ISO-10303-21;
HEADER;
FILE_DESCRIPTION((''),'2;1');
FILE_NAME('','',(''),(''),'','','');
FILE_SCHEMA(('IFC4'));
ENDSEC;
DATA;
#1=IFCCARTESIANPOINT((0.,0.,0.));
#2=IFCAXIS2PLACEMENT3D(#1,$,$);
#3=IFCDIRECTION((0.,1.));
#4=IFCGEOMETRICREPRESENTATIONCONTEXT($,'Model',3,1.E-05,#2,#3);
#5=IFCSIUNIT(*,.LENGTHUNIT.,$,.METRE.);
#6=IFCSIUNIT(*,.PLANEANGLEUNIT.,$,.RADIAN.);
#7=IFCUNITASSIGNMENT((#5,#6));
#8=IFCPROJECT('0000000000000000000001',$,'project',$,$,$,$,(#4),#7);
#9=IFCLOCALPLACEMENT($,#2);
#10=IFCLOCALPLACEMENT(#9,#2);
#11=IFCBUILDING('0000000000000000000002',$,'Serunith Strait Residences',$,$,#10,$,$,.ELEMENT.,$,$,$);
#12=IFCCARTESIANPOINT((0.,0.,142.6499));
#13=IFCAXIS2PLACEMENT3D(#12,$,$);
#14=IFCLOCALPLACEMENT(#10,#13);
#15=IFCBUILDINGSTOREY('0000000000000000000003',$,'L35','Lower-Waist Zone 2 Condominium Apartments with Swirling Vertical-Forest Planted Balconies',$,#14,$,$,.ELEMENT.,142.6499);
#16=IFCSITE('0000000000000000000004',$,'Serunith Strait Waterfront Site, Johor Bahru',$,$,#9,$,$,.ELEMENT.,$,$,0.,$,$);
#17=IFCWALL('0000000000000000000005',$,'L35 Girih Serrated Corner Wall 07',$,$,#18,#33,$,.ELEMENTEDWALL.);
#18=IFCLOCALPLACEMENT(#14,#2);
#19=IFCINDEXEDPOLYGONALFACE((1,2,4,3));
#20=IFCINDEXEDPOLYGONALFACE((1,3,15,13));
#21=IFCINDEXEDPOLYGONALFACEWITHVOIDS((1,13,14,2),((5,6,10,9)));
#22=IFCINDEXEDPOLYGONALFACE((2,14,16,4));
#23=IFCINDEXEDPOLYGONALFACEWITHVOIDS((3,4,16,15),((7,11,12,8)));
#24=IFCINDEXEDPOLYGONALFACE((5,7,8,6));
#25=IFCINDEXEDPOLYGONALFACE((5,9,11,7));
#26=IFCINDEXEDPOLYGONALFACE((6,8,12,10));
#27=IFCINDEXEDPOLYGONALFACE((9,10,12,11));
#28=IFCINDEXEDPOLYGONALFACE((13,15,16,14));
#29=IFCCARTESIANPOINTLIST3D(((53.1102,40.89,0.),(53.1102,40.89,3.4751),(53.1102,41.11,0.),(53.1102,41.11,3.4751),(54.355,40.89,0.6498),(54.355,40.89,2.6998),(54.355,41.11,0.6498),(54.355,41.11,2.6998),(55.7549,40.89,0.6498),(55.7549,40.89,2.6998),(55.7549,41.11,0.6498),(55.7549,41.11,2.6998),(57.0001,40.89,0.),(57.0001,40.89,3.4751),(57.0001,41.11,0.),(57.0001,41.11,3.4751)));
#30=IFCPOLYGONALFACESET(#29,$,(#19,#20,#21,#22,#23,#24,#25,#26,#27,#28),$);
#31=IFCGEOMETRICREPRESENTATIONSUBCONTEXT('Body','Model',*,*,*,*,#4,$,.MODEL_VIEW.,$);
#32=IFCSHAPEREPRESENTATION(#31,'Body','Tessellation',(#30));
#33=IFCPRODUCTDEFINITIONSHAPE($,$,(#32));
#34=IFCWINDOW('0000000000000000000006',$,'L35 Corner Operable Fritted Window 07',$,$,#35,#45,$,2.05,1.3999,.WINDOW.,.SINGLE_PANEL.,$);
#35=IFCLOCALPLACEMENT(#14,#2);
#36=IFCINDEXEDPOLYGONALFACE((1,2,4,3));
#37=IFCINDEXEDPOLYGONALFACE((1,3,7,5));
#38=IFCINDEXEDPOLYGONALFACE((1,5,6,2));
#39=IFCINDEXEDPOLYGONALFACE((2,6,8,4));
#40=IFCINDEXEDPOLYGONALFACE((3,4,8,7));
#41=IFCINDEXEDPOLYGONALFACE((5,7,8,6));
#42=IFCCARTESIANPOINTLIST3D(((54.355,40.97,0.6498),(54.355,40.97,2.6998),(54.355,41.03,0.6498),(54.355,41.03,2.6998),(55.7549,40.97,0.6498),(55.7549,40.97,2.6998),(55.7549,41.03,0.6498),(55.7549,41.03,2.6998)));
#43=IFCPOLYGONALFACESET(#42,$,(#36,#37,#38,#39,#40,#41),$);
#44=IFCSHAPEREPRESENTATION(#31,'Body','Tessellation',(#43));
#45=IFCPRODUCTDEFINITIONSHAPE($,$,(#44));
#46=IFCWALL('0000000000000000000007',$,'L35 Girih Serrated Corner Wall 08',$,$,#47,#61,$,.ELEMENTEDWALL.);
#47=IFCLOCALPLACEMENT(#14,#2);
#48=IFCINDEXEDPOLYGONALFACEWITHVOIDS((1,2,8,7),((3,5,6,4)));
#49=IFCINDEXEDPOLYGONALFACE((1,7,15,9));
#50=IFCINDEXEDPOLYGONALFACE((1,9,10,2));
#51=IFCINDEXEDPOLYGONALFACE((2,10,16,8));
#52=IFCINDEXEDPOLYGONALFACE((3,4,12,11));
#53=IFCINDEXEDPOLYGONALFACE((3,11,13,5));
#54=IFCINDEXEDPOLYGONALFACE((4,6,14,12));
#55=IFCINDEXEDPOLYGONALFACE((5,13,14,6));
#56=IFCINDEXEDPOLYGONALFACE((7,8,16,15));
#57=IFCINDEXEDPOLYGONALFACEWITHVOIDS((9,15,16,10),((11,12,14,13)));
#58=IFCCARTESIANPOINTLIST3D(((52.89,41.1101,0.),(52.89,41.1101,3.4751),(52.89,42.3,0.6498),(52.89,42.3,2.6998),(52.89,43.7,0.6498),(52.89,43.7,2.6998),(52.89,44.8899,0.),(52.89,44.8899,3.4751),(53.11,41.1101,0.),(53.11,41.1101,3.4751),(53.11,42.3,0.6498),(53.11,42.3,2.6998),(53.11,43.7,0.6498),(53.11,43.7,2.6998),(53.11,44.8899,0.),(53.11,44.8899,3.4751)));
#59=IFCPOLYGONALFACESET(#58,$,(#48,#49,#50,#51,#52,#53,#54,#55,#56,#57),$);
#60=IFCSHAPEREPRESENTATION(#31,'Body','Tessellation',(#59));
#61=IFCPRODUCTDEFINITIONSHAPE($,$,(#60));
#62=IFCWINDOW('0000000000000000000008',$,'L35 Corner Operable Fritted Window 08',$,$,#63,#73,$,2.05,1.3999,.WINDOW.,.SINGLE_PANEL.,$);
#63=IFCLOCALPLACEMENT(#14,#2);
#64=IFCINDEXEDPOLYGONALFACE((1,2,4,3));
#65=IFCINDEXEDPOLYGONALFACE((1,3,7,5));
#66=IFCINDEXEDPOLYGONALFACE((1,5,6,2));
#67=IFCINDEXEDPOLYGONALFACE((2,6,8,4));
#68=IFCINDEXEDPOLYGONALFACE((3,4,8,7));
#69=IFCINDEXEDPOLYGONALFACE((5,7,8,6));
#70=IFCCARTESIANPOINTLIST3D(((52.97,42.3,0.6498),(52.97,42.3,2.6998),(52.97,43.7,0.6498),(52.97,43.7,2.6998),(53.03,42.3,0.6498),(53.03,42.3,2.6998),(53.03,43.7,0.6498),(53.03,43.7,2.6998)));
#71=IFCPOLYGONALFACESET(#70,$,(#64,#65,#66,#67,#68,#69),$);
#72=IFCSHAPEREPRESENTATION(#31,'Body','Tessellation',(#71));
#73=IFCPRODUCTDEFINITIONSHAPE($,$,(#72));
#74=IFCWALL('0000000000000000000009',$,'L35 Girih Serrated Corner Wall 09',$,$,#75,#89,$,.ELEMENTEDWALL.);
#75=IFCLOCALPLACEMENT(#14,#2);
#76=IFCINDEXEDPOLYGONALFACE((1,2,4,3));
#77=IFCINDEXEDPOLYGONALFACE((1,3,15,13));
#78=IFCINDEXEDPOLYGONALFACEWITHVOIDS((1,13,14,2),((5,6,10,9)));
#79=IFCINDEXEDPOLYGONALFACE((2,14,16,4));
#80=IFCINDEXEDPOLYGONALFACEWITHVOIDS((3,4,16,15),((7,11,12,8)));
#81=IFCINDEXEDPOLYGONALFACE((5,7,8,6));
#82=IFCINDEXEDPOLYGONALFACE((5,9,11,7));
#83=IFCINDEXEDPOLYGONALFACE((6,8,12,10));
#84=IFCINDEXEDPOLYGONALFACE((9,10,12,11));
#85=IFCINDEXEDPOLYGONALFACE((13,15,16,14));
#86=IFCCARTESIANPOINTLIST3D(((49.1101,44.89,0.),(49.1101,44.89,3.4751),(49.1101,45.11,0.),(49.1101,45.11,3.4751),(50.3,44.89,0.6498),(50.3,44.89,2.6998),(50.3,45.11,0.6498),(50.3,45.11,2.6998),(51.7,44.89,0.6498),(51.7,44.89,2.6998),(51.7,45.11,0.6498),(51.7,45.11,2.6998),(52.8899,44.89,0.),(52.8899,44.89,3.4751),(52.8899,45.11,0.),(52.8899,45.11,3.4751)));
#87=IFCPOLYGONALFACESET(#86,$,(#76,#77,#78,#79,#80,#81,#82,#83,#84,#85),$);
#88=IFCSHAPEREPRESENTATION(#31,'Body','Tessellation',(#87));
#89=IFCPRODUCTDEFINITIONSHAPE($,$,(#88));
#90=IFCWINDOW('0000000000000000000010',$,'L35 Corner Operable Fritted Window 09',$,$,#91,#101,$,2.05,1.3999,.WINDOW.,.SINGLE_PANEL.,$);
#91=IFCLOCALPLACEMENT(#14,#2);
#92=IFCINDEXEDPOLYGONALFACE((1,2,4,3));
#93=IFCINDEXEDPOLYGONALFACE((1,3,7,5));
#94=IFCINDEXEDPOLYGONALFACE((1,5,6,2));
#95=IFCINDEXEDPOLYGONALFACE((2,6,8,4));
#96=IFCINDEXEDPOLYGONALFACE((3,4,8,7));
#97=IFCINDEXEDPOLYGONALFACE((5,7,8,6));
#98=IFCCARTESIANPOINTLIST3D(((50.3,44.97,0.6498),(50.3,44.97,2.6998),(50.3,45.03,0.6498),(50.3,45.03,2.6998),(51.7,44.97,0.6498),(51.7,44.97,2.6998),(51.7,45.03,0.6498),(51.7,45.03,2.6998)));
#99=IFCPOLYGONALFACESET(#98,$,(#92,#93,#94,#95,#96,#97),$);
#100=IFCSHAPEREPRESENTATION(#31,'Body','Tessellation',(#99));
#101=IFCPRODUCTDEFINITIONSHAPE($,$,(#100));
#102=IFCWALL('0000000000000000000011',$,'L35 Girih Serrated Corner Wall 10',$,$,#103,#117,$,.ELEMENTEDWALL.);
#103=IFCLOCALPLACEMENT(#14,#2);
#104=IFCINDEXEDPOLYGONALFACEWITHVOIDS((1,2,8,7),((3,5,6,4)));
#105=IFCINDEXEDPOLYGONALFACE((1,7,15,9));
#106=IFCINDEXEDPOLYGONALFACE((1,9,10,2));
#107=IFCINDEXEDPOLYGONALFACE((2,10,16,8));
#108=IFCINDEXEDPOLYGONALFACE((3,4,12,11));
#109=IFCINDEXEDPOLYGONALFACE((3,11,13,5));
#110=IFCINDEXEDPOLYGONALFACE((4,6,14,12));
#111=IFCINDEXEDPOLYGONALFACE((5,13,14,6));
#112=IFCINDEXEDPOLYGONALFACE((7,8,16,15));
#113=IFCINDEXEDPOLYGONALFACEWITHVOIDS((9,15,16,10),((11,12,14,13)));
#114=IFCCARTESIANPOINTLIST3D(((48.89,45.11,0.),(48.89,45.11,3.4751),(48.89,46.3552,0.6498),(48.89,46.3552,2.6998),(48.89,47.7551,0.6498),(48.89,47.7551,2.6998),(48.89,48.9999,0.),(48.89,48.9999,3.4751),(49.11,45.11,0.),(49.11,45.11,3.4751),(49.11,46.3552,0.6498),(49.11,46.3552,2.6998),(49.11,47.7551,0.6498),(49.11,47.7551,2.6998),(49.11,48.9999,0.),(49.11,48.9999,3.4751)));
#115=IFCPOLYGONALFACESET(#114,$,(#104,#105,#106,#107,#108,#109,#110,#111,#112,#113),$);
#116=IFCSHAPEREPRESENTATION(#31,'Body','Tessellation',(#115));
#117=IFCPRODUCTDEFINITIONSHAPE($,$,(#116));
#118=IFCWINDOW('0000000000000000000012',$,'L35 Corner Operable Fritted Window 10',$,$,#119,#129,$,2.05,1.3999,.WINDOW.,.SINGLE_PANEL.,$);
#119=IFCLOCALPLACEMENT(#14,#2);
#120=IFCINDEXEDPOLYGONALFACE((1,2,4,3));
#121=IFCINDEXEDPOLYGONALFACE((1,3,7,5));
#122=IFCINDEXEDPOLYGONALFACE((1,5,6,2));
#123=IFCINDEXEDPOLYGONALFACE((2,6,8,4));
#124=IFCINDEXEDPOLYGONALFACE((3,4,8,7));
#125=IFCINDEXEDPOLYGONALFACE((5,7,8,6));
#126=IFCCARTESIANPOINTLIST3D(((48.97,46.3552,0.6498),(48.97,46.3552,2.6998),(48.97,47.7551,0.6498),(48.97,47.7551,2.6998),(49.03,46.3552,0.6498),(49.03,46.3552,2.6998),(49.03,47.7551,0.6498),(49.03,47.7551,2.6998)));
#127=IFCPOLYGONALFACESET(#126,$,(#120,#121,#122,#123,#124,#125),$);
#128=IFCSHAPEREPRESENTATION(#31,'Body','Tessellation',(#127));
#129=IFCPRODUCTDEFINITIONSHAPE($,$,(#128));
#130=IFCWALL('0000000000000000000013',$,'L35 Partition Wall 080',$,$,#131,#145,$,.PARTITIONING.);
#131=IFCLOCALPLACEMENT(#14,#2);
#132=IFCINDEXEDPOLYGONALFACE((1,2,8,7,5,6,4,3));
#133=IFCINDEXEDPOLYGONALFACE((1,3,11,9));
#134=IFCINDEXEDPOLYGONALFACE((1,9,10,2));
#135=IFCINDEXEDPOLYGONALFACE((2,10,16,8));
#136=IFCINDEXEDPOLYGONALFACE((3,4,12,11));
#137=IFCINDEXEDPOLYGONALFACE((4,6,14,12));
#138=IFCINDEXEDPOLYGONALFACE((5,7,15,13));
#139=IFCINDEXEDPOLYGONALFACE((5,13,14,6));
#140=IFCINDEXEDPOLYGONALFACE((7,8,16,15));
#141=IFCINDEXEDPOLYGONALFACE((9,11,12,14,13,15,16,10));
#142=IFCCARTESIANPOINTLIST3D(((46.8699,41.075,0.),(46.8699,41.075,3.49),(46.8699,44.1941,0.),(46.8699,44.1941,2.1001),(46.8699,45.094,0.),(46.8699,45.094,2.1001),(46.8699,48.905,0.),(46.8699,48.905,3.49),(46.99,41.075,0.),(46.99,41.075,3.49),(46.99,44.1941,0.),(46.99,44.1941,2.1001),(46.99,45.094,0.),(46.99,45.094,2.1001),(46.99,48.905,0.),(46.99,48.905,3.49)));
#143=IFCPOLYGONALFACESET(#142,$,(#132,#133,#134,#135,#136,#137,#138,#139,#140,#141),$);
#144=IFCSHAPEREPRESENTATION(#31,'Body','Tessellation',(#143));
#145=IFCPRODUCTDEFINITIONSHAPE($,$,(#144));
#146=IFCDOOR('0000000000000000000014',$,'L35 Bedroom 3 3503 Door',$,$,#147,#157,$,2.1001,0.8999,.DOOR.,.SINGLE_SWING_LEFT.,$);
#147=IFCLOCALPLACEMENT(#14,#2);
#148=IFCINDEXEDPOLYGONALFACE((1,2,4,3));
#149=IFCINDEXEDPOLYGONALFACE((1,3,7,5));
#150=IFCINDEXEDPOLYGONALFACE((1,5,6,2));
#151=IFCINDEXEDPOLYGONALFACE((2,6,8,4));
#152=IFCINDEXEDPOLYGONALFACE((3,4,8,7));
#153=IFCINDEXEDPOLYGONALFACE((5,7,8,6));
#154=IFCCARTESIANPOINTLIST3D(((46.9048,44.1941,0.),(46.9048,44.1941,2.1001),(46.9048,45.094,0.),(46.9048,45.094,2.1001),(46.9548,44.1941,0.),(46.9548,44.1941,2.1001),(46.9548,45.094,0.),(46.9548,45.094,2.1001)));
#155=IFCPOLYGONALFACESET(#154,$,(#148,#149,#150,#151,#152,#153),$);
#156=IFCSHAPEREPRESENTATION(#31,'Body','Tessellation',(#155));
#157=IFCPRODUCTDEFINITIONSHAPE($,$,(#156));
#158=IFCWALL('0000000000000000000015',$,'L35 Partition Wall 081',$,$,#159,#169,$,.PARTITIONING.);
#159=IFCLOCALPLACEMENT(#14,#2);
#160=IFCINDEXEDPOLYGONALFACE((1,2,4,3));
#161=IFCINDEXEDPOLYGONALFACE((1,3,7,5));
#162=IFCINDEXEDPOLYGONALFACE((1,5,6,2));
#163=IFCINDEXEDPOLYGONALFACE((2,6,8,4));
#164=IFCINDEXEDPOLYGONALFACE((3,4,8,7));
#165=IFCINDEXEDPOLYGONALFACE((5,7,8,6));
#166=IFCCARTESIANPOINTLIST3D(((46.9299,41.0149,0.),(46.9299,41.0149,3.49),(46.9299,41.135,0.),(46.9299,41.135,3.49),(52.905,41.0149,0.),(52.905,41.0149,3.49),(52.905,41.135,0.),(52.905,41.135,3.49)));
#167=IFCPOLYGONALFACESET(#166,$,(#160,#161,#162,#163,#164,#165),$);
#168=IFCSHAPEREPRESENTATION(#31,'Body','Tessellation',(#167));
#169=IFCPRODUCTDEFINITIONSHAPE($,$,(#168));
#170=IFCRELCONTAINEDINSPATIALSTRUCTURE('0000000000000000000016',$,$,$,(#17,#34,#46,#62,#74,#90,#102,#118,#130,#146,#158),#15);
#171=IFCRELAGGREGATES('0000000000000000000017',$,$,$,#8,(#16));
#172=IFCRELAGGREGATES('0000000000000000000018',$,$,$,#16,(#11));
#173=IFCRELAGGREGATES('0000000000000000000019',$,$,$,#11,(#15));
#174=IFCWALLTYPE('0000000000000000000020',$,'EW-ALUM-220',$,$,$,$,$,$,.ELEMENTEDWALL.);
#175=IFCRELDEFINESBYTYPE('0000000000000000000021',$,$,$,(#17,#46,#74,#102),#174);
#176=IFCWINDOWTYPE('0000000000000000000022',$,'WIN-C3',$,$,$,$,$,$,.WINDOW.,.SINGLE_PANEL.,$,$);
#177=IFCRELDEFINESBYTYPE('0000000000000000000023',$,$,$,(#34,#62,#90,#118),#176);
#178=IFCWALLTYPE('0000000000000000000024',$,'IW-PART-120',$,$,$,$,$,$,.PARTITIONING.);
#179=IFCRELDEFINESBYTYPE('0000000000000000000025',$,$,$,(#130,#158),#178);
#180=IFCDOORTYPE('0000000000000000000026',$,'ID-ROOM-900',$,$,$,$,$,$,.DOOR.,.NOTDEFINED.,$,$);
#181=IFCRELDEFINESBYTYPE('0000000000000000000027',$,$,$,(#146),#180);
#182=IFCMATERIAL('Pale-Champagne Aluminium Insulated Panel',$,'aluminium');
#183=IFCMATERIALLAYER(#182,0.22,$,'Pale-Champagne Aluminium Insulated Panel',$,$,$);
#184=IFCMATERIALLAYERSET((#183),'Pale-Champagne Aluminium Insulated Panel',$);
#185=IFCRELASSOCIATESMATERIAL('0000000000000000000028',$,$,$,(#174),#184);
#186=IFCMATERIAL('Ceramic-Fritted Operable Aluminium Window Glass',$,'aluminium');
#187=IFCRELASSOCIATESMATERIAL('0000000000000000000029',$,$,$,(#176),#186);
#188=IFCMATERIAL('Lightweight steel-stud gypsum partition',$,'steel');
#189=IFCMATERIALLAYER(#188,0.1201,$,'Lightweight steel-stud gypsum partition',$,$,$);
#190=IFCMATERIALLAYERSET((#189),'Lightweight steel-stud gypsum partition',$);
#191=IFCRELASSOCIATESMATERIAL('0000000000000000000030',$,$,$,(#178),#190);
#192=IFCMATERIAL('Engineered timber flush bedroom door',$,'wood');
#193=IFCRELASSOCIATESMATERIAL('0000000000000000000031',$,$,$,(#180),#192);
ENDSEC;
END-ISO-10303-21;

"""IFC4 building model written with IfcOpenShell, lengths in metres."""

from ifc_helpers import new_model, si_unit, direction, frame, frame_2d, origin, place, context, subcontext, project, spatial, rectangle, extrude, source, transform, mapped, material, layer, layer_set, type_object, element, fill, save


model = new_model("IFC4")

# Units and contexts
model_context = context("Model", 3, precision=1e-05, world=origin(), true_north=direction((0.0, 1.0)))
body_context = subcontext(model_context, "Body", "Model", "MODEL_VIEW")
ifc_project = project(units=[si_unit("LENGTHUNIT", "METRE"), si_unit("PLANEANGLEUNIT", "RADIAN")], contexts=[model_context])

# Site, building, storey
site_placement = place(None, origin())
site = spatial("IfcSite", under=ifc_project, at=site_placement, Name="Serunith Strait Waterfront Site, Johor Bahru", CompositionType="ELEMENT", RefElevation=0.0)
building_placement = place(site_placement, origin())
building = spatial("IfcBuilding", under=site, at=building_placement, Name="Serunith Strait Residences", CompositionType="ELEMENT")
storey_placement = place(building_placement, frame((0.0, 0.0, 142.6499)))
storey = spatial("IfcBuildingStorey", under=building, at=storey_placement, Name="L35", Description="Lower-Waist Zone 2 Condominium Apartments with Swirling Vertical-Forest Planted Balconies", CompositionType="ELEMENT", Elevation=142.6499)

# Walls, openings, windows
ifc_material_1 = material(Name="Pale-Champagne Aluminium Insulated Panel", Category="aluminium")
ifc_layer_1 = layer(ifc_material_1, 0.22, Name="Pale-Champagne Aluminium Insulated Panel")
ifc_layer_set_1 = layer_set([ifc_layer_1], Name="Pale-Champagne Aluminium Insulated Panel")
wall_type_1 = type_object("IfcWallType", Name="EW-ALUM-220", PredefinedType="ELEMENTEDWALL", material=ifc_layer_set_1)
wall_1_placement = place(storey_placement, frame((57.0, 41.0, 0.0), z_axis=(0.0, 0.0, 1.0), x_axis=(-1.0, 0.0, 0.0)))
wall_1 = element("IfcWall", 1, at=wall_1_placement, inside=storey, type_object=wall_type_1, Name="L35 Girih Serrated Corner Wall 07", PredefinedType="ELEMENTEDWALL", context=body_context, shape_type="SweptSolid", body=[
    extrude(rectangle(XDim=3.8899, YDim=0.22, at=frame_2d((1.9448, 0.0))), origin(), (0.0, 0.0, 1.0), 3.4751),
])
opening_1_placement = place(wall_1_placement, frame((1.2451, 0.0, 0.6499)))
opening_1 = element("IfcOpeningElement", 2, at=opening_1_placement, cuts=wall_1, PredefinedType="OPENING", context=body_context, shape_type="SweptSolid", body=[
    extrude(rectangle(XDim=1.3999, YDim=2.05, at=frame_2d((0.7, 1.0249))), frame((0.0, 0.1201, 0.0), z_axis=(0.0, -1.0, 0.0), x_axis=(1.0, 0.0, 0.0)), (0.0, 0.0, 1.0), 0.24),
])
ifc_material_2 = material(Name="Ceramic-Fritted Operable Aluminium Window Glass", Category="aluminium")
window_type = type_object("IfcWindowType", Name="WIN-C3", PartitioningType="SINGLE_PANEL", PredefinedType="WINDOW", material=ifc_material_2)
shared_shape_1 = source(origin(), body_context, "Body", "SweptSolid", [
    extrude(rectangle(XDim=1.3999, YDim=2.05, at=frame_2d((0.7, 1.0249))), frame((0.0, 0.03, 0.0), z_axis=(0.0, -1.0, 0.0), x_axis=(1.0, 0.0, 0.0)), (0.0, 0.0, 1.0), 0.0601),
])
window_1_placement = place(opening_1_placement, origin())
window_1 = element("IfcWindow", 3, at=window_1_placement, inside=storey, type_object=window_type, Name="L35 Corner Operable Fritted Window 07", OverallHeight=2.05, OverallWidth=1.3999, PartitioningType="SINGLE_PANEL", PredefinedType="WINDOW", context=body_context, shape_type="MappedRepresentation", body=[
    mapped(shared_shape_1, transform((0.0, 0.0, 0.0), scale=1.0)),
])
fill(opening_1, window_1)
wall_2_placement = place(storey_placement, frame((53.0, 41.1101, 0.0), z_axis=(0.0, 0.0, 1.0), x_axis=(0.0, 1.0, 0.0)))
wall_2 = element("IfcWall", 4, at=wall_2_placement, inside=storey, type_object=wall_type_1, Name="L35 Girih Serrated Corner Wall 08", PredefinedType="ELEMENTEDWALL", context=body_context, shape_type="SweptSolid", body=[
    extrude(rectangle(XDim=3.7798, YDim=0.22, at=frame_2d((1.8899, 0.0))), origin(), (0.0, 0.0, 1.0), 3.4751),
])
opening_2_placement = place(wall_2_placement, frame((1.1899, 0.0, 0.6499)))
opening_2 = element("IfcOpeningElement", 5, at=opening_2_placement, cuts=wall_2, PredefinedType="OPENING", context=body_context, shape_type="SweptSolid", body=[
    extrude(rectangle(XDim=1.3999, YDim=2.05, at=frame_2d((0.7, 1.0249))), frame((0.0, 0.1201, 0.0), z_axis=(0.0, -1.0, 0.0), x_axis=(1.0, 0.0, 0.0)), (0.0, 0.0, 1.0), 0.24),
])
window_2_placement = place(opening_2_placement, origin())
window_2 = element("IfcWindow", 6, at=window_2_placement, inside=storey, type_object=window_type, Name="L35 Corner Operable Fritted Window 08", OverallHeight=2.05, OverallWidth=1.3999, PartitioningType="SINGLE_PANEL", PredefinedType="WINDOW", context=body_context, shape_type="MappedRepresentation", body=[
    mapped(shared_shape_1, transform((0.0, 0.0, 0.0), scale=1.0)),
])
fill(opening_2, window_2)
wall_3_placement = place(storey_placement, frame((52.8899, 45.0, 0.0), z_axis=(0.0, 0.0, 1.0), x_axis=(-1.0, 0.0, 0.0)))
wall_3 = element("IfcWall", 7, at=wall_3_placement, inside=storey, type_object=wall_type_1, Name="L35 Girih Serrated Corner Wall 09", PredefinedType="ELEMENTEDWALL", context=body_context, shape_type="SweptSolid", body=[
    extrude(rectangle(XDim=3.7798, YDim=0.22, at=frame_2d((1.8899, 0.0))), origin(), (0.0, 0.0, 1.0), 3.4751),
])
opening_3_placement = place(wall_3_placement, frame((1.1899, 0.0, 0.6499)))
opening_3 = element("IfcOpeningElement", 8, at=opening_3_placement, cuts=wall_3, PredefinedType="OPENING", context=body_context, shape_type="SweptSolid", body=[
    extrude(rectangle(XDim=1.3999, YDim=2.05, at=frame_2d((0.7, 1.0249))), frame((0.0, 0.1201, 0.0), z_axis=(0.0, -1.0, 0.0), x_axis=(1.0, 0.0, 0.0)), (0.0, 0.0, 1.0), 0.24),
])
window_3_placement = place(opening_3_placement, origin())
window_3 = element("IfcWindow", 9, at=window_3_placement, inside=storey, type_object=window_type, Name="L35 Corner Operable Fritted Window 09", OverallHeight=2.05, OverallWidth=1.3999, PartitioningType="SINGLE_PANEL", PredefinedType="WINDOW", context=body_context, shape_type="MappedRepresentation", body=[
    mapped(shared_shape_1, transform((0.0, 0.0, 0.0), scale=1.0)),
])
fill(opening_3, window_3)
wall_4_placement = place(storey_placement, frame((49.0, 45.1101, 0.0), z_axis=(0.0, 0.0, 1.0), x_axis=(0.0, 1.0, 0.0)))
wall_4 = element("IfcWall", 10, at=wall_4_placement, inside=storey, type_object=wall_type_1, Name="L35 Girih Serrated Corner Wall 10", PredefinedType="ELEMENTEDWALL", context=body_context, shape_type="SweptSolid", body=[
    extrude(rectangle(XDim=3.8899, YDim=0.22, at=frame_2d((1.9448, 0.0))), origin(), (0.0, 0.0, 1.0), 3.4751),
])
opening_4_placement = place(wall_4_placement, frame((1.2451, 0.0, 0.6499)))
opening_4 = element("IfcOpeningElement", 11, at=opening_4_placement, cuts=wall_4, PredefinedType="OPENING", context=body_context, shape_type="SweptSolid", body=[
    extrude(rectangle(XDim=1.3999, YDim=2.05, at=frame_2d((0.7, 1.0249))), frame((0.0, 0.1201, 0.0), z_axis=(0.0, -1.0, 0.0), x_axis=(1.0, 0.0, 0.0)), (0.0, 0.0, 1.0), 0.24),
])
window_4_placement = place(opening_4_placement, origin())
window_4 = element("IfcWindow", 12, at=window_4_placement, inside=storey, type_object=window_type, Name="L35 Corner Operable Fritted Window 10", OverallHeight=2.05, OverallWidth=1.3999, PartitioningType="SINGLE_PANEL", PredefinedType="WINDOW", context=body_context, shape_type="MappedRepresentation", body=[
    mapped(shared_shape_1, transform((0.0, 0.0, 0.0), scale=1.0)),
])
fill(opening_4, window_4)

# Wall, opening, door
ifc_material_3 = material(Name="Lightweight steel-stud gypsum partition", Category="steel")
ifc_layer_2 = layer(ifc_material_3, 0.1201, Name="Lightweight steel-stud gypsum partition")
ifc_layer_set_2 = layer_set([ifc_layer_2], Name="Lightweight steel-stud gypsum partition")
wall_type_2 = type_object("IfcWallType", Name="IW-PART-120", PredefinedType="PARTITIONING", material=ifc_layer_set_2)
wall_5_placement = place(storey_placement, frame((46.9299, 48.905, 0.0), z_axis=(0.0, 0.0, 1.0), x_axis=(0.0, -1.0, 0.0)))
wall_5 = element("IfcWall", 13, at=wall_5_placement, inside=storey, type_object=wall_type_2, Name="L35 Partition Wall 080", PredefinedType="PARTITIONING", context=body_context, shape_type="SweptSolid", body=[
    extrude(rectangle(XDim=7.8301, YDim=0.1201, at=frame_2d((3.915, 0.0))), origin(), (0.0, 0.0, 1.0), 3.49),
])
opening_5_placement = place(wall_5_placement, frame((3.811, 0.0, 0.0)))
opening_5 = element("IfcOpeningElement", 14, at=opening_5_placement, cuts=wall_5, PredefinedType="OPENING", context=body_context, shape_type="SweptSolid", body=[
    extrude(rectangle(XDim=0.8999, YDim=2.1001, at=frame_2d((0.45, 1.05))), frame((0.0, 0.0701, 0.0), z_axis=(0.0, -1.0, 0.0), x_axis=(1.0, 0.0, 0.0)), (0.0, 0.0, 1.0), 0.1401),
])
ifc_material_4 = material(Name="Engineered timber flush bedroom door", Category="wood")
door_type_1 = type_object("IfcDoorType", Name="ID-ROOM-900", OperationType="NOTDEFINED", PredefinedType="DOOR", material=ifc_material_4)
shared_shape_2 = source(origin(), body_context, "Body", "SweptSolid", [
    extrude(rectangle(XDim=0.8999, YDim=2.1001, at=frame_2d((0.45, 1.05))), frame((0.0, 0.0249, 0.0), z_axis=(0.0, -1.0, 0.0), x_axis=(1.0, 0.0, 0.0)), (0.0, 0.0, 1.0), 0.05),
])
door_1_placement = place(opening_5_placement, origin())
door_1 = element("IfcDoor", 15, at=door_1_placement, inside=storey, type_object=door_type_1, Name="L35 Bedroom 3 3503 Door", OperationType="SINGLE_SWING_LEFT", OverallHeight=2.1001, OverallWidth=0.8999, PredefinedType="DOOR", context=body_context, shape_type="MappedRepresentation", body=[
    mapped(shared_shape_2, transform((0.0, 0.0, 0.0), scale=1.0)),
])
fill(opening_5, door_1)

# Wall
wall_6_placement = place(storey_placement, frame((46.9299, 41.075, 0.0), z_axis=(0.0, 0.0, 1.0), x_axis=(1.0, 0.0, 0.0)))
element("IfcWall", 16, at=wall_6_placement, inside=storey, type_object=wall_type_2, Name="L35 Partition Wall 081", PredefinedType="PARTITIONING", context=body_context, shape_type="SweptSolid", body=[
    extrude(rectangle(XDim=5.9751, YDim=0.1201, at=frame_2d((2.9875, 0.0))), origin(), (0.0, 0.0, 1.0), 3.49),
])

save(model, "model.ifc")
